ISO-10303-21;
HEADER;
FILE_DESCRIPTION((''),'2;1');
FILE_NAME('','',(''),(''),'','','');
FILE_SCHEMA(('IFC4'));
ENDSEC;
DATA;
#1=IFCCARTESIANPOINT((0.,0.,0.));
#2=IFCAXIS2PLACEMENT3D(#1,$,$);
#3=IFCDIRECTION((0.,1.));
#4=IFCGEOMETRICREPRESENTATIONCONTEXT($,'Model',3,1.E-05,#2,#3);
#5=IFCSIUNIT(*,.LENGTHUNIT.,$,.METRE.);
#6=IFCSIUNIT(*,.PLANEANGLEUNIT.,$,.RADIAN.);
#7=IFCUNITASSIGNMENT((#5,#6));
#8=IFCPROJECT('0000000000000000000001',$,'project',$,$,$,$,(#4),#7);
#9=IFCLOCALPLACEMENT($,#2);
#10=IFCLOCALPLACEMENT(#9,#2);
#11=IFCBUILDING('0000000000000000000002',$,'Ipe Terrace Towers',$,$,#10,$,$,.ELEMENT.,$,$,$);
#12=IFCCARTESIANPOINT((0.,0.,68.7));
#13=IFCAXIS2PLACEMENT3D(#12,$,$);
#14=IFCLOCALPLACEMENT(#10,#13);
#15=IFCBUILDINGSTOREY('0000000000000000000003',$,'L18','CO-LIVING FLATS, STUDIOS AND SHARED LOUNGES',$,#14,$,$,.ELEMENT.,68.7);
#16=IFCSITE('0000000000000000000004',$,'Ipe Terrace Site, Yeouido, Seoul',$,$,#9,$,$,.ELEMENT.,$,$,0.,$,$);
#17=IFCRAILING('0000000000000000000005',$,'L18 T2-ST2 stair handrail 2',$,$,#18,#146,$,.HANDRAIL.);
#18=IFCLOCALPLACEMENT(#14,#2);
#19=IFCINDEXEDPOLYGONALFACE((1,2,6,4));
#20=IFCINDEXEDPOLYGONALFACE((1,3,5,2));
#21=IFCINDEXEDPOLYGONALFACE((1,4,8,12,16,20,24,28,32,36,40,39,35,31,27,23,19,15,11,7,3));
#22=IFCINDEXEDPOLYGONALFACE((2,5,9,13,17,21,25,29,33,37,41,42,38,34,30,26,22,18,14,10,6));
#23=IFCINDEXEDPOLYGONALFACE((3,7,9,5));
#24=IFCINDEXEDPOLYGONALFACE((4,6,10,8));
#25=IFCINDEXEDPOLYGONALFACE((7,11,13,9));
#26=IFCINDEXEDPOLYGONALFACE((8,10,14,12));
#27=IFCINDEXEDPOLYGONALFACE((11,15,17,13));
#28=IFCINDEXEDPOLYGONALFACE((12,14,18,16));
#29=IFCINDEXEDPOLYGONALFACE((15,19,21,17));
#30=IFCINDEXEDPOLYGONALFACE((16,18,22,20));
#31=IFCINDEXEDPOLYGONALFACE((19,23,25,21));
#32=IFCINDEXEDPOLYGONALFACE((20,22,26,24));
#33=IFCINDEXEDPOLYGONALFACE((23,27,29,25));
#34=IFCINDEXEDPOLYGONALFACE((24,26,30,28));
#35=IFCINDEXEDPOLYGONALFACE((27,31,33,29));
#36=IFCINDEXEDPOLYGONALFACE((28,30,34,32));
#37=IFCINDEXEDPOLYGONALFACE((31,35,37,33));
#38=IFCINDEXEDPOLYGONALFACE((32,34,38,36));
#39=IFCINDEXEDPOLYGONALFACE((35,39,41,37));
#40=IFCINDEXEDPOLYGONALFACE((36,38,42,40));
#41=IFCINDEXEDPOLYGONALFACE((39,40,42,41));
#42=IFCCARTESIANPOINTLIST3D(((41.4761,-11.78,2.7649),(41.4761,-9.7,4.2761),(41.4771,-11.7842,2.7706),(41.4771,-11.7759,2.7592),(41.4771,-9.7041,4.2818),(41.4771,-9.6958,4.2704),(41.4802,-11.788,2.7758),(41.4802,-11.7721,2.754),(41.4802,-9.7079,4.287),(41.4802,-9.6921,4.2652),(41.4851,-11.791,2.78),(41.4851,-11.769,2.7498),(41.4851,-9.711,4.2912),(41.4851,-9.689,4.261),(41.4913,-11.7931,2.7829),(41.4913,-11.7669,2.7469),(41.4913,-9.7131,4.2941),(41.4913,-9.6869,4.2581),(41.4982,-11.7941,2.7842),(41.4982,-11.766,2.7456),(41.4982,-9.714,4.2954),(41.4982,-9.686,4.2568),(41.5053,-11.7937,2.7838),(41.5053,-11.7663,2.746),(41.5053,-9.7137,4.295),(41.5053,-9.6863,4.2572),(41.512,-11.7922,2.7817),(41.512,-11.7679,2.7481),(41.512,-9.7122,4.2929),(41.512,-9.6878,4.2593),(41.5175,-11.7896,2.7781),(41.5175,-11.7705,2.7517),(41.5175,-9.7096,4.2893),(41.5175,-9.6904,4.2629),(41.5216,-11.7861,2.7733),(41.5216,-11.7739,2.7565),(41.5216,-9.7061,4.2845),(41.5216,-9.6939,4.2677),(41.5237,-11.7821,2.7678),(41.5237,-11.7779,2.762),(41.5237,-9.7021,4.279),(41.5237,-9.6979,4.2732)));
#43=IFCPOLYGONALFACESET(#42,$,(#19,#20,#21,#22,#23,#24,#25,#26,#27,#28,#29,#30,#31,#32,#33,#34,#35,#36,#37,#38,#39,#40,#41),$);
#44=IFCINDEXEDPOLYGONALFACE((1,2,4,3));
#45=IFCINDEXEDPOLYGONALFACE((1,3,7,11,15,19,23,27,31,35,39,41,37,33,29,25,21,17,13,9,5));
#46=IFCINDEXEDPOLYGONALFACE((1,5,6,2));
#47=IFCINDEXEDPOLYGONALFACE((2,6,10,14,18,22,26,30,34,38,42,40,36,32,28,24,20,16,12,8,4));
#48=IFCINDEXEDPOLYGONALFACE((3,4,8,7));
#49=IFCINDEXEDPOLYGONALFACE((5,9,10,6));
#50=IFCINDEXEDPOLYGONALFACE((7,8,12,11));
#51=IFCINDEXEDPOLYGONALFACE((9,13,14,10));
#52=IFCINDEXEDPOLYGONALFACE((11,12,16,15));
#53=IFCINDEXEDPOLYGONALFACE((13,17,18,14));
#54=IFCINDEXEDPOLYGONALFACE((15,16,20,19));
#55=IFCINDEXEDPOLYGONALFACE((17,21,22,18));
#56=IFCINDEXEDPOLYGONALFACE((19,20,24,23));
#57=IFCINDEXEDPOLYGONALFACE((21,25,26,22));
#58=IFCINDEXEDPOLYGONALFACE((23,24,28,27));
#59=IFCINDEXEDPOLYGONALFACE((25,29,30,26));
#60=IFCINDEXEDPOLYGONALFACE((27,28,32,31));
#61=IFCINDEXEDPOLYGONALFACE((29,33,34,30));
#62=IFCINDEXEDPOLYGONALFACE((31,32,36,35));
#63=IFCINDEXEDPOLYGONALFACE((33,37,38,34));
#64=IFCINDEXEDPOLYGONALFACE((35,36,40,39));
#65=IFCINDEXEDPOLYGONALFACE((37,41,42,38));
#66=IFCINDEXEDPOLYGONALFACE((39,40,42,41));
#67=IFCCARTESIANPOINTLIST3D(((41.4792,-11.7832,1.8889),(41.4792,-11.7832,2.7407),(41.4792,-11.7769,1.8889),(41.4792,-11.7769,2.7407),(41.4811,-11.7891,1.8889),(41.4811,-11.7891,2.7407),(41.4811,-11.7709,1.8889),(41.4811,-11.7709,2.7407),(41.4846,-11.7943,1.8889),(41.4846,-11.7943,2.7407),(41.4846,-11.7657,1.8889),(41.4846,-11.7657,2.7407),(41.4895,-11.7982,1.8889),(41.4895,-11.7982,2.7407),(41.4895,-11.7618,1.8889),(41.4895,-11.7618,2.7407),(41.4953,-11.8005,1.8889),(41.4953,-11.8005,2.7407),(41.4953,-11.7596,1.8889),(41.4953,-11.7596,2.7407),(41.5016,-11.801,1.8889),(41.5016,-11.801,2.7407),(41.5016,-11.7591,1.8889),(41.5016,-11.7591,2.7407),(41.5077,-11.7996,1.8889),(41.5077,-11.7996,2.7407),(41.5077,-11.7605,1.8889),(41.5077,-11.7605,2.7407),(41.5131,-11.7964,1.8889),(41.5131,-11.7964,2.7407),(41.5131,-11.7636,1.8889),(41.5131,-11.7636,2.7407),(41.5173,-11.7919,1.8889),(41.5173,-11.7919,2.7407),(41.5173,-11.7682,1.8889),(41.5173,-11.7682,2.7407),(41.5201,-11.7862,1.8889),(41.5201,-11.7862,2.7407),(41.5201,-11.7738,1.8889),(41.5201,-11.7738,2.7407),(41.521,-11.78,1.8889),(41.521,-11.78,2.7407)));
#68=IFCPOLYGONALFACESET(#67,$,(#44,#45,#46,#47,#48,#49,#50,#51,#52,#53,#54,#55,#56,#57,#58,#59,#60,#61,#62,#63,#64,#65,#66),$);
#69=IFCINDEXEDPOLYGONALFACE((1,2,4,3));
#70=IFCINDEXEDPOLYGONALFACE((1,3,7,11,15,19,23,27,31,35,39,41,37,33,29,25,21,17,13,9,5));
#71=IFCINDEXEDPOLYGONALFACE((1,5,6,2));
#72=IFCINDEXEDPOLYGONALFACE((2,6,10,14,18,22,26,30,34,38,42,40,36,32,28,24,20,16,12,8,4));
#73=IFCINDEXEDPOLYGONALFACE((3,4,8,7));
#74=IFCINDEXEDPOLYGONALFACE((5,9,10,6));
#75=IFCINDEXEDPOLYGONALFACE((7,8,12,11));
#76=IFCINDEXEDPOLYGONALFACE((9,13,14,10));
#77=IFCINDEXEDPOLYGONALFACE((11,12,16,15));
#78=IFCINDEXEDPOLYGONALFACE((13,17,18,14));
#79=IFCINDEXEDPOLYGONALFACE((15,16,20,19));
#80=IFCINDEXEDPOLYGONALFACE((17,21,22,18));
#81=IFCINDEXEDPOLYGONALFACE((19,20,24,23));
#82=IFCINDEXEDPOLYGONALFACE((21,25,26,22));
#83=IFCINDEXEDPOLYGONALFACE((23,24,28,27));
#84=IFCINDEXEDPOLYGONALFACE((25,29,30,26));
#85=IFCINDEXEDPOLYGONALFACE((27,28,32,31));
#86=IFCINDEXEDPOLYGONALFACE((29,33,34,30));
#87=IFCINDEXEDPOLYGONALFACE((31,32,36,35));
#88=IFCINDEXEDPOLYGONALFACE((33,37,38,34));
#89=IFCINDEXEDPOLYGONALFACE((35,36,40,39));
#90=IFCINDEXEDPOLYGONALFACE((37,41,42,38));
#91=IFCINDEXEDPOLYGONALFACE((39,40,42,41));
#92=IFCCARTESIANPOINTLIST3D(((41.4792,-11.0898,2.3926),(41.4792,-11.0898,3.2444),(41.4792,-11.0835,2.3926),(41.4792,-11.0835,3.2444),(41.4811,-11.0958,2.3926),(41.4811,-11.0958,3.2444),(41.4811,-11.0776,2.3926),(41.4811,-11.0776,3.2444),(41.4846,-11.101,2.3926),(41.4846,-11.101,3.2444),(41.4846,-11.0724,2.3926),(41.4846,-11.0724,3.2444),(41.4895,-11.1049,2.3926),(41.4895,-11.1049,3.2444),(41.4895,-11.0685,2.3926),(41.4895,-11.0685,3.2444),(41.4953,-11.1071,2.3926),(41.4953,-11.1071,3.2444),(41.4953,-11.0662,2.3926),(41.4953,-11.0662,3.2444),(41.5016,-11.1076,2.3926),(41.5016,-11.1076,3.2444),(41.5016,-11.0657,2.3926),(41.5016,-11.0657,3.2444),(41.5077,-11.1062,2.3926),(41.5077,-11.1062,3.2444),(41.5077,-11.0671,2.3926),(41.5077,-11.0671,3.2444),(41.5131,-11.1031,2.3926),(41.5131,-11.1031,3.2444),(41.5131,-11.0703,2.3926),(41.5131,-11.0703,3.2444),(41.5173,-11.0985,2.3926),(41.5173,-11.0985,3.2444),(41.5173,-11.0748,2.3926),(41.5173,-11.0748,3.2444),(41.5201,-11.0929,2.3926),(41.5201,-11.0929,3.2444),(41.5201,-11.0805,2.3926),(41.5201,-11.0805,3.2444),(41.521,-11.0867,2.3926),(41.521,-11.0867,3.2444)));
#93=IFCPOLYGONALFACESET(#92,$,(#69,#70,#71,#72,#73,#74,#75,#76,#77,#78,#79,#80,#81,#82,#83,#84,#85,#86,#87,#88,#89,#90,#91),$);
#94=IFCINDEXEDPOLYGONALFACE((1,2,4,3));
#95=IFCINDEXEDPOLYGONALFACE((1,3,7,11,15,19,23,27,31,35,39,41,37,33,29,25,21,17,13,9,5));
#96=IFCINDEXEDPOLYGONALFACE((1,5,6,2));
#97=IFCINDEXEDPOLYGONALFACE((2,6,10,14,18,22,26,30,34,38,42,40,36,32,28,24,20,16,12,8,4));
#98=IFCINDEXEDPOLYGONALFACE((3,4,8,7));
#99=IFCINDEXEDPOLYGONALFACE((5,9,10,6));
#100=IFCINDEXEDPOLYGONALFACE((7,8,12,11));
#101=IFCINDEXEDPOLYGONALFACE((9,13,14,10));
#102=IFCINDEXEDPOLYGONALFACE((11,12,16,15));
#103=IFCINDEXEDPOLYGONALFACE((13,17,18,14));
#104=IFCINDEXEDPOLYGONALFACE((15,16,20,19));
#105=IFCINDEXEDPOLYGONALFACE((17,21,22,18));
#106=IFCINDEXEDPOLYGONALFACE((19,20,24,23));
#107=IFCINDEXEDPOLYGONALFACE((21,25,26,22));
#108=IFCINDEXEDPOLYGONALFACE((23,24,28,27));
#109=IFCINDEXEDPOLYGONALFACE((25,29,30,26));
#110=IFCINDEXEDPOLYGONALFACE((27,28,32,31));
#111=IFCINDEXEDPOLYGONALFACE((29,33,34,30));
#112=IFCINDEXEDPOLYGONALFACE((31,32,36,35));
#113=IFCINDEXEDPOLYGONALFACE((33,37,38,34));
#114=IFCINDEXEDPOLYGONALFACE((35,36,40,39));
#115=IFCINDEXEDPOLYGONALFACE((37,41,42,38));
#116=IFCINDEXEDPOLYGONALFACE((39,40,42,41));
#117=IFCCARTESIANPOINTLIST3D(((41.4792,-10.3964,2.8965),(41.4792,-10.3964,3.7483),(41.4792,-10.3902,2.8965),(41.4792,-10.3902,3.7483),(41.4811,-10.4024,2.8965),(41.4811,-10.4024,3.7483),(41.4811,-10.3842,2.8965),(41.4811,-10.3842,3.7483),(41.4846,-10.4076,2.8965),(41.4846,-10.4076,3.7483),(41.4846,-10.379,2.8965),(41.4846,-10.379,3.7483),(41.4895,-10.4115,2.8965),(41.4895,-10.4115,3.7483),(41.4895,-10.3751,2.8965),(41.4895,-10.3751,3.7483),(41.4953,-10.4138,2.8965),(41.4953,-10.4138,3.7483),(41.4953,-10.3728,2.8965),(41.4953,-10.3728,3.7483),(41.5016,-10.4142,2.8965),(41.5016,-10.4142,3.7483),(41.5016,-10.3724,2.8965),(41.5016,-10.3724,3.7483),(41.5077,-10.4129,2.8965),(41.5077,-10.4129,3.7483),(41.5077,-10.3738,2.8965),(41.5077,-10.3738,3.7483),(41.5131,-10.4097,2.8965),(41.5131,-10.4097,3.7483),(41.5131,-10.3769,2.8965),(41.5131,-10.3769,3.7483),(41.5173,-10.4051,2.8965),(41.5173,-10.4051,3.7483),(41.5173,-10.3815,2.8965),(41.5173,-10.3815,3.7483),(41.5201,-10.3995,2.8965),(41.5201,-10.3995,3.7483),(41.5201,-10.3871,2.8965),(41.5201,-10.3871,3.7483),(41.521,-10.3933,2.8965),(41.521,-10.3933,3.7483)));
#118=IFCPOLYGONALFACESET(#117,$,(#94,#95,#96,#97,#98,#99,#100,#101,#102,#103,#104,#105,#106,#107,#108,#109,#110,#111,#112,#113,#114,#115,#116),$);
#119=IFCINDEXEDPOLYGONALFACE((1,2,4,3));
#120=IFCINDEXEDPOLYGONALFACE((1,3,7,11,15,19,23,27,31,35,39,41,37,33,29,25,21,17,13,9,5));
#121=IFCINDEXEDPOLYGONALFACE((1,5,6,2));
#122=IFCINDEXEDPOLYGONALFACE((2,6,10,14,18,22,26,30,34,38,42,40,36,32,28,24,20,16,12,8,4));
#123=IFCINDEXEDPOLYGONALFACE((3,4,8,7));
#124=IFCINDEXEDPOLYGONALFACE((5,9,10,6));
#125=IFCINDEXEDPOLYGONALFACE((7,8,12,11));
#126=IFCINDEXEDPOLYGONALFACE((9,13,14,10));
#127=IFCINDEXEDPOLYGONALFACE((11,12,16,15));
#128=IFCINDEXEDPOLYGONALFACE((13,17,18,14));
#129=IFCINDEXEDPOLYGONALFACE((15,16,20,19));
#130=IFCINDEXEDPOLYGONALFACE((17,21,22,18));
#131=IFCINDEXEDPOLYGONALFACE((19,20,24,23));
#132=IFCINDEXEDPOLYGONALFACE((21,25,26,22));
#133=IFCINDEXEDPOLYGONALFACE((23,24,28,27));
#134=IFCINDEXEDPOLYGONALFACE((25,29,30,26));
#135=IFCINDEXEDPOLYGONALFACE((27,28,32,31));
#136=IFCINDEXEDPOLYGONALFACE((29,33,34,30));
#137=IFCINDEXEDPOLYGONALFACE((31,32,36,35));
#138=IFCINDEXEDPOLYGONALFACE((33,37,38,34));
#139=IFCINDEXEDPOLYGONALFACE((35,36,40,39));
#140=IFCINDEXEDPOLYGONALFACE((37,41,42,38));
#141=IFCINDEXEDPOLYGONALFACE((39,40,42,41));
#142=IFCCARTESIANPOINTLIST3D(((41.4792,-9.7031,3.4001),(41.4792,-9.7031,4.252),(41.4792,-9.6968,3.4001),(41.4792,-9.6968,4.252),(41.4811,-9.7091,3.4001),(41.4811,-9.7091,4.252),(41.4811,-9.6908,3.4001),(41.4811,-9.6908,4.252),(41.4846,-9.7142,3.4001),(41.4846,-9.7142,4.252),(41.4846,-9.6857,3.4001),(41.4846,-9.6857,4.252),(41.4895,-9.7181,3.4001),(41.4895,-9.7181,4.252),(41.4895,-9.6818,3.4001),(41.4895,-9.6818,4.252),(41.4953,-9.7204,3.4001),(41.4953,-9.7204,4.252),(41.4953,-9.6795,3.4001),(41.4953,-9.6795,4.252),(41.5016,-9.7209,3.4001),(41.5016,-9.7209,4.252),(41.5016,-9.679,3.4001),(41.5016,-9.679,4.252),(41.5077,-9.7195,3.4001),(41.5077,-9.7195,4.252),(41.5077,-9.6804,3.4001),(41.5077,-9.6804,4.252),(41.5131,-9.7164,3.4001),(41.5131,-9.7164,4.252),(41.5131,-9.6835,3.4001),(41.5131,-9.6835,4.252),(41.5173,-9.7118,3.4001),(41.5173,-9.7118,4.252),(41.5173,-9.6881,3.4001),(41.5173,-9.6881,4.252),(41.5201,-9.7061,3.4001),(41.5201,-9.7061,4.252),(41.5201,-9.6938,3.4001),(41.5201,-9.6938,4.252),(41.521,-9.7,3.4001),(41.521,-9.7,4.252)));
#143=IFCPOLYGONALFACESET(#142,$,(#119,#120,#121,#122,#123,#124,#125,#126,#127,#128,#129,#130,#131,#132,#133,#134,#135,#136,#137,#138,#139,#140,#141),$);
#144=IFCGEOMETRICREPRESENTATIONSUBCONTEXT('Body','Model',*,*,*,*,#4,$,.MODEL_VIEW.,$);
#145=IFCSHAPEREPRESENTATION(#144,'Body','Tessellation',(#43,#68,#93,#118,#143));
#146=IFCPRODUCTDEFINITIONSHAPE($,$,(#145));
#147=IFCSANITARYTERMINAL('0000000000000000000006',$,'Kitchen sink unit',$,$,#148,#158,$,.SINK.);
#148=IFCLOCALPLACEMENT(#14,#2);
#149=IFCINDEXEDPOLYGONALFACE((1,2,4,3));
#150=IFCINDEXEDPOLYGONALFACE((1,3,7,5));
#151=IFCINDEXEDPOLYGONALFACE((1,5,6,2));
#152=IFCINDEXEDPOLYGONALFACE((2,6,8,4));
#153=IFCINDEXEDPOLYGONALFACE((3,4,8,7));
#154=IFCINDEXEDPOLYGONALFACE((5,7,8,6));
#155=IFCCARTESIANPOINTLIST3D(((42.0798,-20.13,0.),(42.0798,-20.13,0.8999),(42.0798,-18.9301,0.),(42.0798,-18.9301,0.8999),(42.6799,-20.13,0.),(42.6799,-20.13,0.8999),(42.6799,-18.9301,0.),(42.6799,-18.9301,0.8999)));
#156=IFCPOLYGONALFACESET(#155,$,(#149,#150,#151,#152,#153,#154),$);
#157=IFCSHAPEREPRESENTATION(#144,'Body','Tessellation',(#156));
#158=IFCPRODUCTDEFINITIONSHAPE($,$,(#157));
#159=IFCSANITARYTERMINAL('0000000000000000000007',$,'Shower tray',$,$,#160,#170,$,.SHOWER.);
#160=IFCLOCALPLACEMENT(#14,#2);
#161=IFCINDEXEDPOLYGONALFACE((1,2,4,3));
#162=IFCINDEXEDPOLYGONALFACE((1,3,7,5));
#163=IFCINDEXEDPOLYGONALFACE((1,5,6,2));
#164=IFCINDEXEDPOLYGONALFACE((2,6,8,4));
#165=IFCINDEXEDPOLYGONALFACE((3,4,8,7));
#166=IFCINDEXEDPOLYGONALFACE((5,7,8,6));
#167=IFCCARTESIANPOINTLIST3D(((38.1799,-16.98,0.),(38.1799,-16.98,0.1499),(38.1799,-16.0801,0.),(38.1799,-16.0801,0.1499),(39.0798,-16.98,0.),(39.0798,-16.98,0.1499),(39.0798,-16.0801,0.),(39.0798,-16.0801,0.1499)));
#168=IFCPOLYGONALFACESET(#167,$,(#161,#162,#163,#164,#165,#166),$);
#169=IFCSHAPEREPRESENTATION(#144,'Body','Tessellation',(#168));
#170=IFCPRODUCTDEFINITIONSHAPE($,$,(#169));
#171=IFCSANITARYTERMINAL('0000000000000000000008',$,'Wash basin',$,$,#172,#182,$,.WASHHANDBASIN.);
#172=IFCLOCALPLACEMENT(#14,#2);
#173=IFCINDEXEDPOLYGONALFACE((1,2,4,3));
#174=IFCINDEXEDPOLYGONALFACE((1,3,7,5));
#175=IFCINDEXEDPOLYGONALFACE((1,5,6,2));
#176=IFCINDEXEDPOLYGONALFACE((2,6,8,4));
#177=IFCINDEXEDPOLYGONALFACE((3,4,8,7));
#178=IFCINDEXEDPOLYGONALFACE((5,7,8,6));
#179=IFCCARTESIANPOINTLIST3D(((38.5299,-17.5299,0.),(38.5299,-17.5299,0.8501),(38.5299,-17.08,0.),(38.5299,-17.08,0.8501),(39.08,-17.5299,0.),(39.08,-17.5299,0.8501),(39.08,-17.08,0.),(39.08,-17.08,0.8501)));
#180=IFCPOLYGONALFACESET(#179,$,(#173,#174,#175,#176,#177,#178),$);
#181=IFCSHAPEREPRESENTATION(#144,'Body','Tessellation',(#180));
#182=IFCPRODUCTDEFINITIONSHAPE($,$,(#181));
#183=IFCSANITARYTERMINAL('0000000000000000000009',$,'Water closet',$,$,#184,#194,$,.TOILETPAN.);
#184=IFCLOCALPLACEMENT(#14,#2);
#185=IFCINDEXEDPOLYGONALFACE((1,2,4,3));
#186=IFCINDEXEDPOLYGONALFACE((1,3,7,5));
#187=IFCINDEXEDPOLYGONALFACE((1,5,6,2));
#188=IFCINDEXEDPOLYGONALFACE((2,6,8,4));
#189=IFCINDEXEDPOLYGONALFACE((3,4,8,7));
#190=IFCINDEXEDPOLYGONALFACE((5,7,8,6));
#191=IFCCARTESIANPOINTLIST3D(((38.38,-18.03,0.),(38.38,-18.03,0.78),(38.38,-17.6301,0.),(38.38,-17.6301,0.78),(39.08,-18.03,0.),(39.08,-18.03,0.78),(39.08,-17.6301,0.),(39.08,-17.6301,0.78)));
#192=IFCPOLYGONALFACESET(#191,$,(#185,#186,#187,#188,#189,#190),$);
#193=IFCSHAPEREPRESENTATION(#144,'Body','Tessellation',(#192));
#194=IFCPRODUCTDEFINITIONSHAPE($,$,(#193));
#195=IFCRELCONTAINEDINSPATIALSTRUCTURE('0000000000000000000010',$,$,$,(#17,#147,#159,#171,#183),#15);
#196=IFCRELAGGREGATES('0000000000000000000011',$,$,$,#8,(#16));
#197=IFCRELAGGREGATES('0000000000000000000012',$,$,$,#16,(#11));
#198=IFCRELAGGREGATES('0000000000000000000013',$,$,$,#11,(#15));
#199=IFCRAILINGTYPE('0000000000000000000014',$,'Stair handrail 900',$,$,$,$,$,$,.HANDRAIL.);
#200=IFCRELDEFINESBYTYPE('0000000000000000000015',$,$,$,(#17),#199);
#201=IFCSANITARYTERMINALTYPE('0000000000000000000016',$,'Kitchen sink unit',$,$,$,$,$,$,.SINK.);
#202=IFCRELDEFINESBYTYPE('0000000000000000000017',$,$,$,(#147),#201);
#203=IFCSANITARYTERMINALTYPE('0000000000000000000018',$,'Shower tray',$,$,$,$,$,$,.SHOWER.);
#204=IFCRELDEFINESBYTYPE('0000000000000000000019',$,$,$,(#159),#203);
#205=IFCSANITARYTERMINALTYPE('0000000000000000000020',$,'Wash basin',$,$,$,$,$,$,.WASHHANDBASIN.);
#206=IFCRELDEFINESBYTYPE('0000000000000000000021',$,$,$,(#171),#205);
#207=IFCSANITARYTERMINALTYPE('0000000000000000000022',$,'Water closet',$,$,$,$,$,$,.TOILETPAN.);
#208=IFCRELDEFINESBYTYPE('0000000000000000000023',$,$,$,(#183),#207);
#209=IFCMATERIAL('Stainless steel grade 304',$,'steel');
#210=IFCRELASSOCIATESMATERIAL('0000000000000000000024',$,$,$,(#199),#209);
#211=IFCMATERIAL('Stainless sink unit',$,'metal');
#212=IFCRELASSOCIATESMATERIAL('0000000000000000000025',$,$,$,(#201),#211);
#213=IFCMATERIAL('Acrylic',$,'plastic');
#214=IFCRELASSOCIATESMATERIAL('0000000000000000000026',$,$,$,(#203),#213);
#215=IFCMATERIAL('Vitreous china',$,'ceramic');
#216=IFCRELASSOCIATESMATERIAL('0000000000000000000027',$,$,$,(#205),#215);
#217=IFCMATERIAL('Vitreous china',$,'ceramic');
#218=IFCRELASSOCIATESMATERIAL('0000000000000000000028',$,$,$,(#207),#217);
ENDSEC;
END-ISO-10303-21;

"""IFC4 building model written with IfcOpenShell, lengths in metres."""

from ifc_helpers import new_model, si_unit, direction, frame, origin, origin_2d, place, context, subcontext, project, spatial, rectangle, circle, extrude, material, type_object, element, save


model = new_model("IFC4")

# Units and contexts
model_context = context("Model", 3, precision=1e-05, world=origin(), true_north=direction((0.0, 1.0)))
body_context = subcontext(model_context, "Body", "Model", "MODEL_VIEW")
ifc_project = project(units=[si_unit("LENGTHUNIT", "METRE"), si_unit("PLANEANGLEUNIT", "RADIAN")], contexts=[model_context])

# Site, building, storey
site_placement = place(None, origin())
site = spatial("IfcSite", under=ifc_project, at=site_placement, Name="Ipe Terrace Site, Yeouido, Seoul", CompositionType="ELEMENT", RefElevation=0.0)
building_placement = place(site_placement, origin())
building = spatial("IfcBuilding", under=site, at=building_placement, Name="Ipe Terrace Towers", CompositionType="ELEMENT")
storey_placement = place(building_placement, frame((0.0, 0.0, 68.7)))
storey = spatial("IfcBuildingStorey", under=building, at=storey_placement, Name="L18", Description="CO-LIVING FLATS, STUDIOS AND SHARED LOUNGES", CompositionType="ELEMENT", Elevation=68.7)

# Railing
ifc_material_1 = material(Name="Stainless steel grade 304", Category="steel")
railing_type = type_object("IfcRailingType", Name="Stair handrail 900", PredefinedType="HANDRAIL", material=ifc_material_1)
railing_placement = place(storey_placement, frame((41.5, -11.78, 1.8889)))
element("IfcRailing", 1, at=railing_placement, inside=storey, type_object=railing_type, Name="L18 T2-ST2 stair handrail 2", PredefinedType="HANDRAIL", context=body_context, shape_type="SweptSolid", body=[
    extrude(circle(Radius=0.0239, at=origin_2d()), frame((0.0, 0.0, 0.876), z_axis=(0.0, 0.809023, 0.587776), x_axis=(-1.0, 0.0, 0.0)), (0.0, 0.0, 1.0), 2.571),
    extrude(circle(Radius=0.021, at=origin_2d()), origin(), (0.0, 0.0, 1.0), 0.8518),
    extrude(circle(Radius=0.021, at=origin_2d()), frame((0.0, 0.6934, 0.5037)), (0.0, 0.0, 1.0), 0.8518),
    extrude(circle(Radius=0.021, at=origin_2d()), frame((0.0, 1.3867, 1.0076)), (0.0, 0.0, 1.0), 0.8518),
    extrude(circle(Radius=0.021, at=origin_2d()), frame((0.0, 2.0801, 1.5112)), (0.0, 0.0, 1.0), 0.8518),
])

# Sanitary terminals
ifc_material_2 = material(Name="Stainless sink unit", Category="metal")
sanitary_terminal_type_1 = type_object("IfcSanitaryTerminalType", Name="Kitchen sink unit", PredefinedType="SINK", material=ifc_material_2)
sanitary_terminal_1_placement = place(storey_placement, frame((42.3799, -19.53, 0.0), z_axis=(0.0, 0.0, 1.0), x_axis=(0.0, -1.0, 0.0)))
element("IfcSanitaryTerminal", 2, at=sanitary_terminal_1_placement, inside=storey, type_object=sanitary_terminal_type_1, Name="Kitchen sink unit", PredefinedType="SINK", context=body_context, shape_type="SweptSolid", body=[
    extrude(rectangle(XDim=1.2, YDim=0.6001, at=origin_2d()), origin(), (0.0, 0.0, 1.0), 0.8999),
])
ifc_material_3 = material(Name="Acrylic", Category="plastic")
sanitary_terminal_type_2 = type_object("IfcSanitaryTerminalType", Name="Shower tray", PredefinedType="SHOWER", material=ifc_material_3)
sanitary_terminal_2_placement = place(storey_placement, frame((38.6299, -16.53, 0.0), z_axis=(0.0, 0.0, 1.0), x_axis=(-1.0, 0.0, 0.0)))
element("IfcSanitaryTerminal", 3, at=sanitary_terminal_2_placement, inside=storey, type_object=sanitary_terminal_type_2, Name="Shower tray", PredefinedType="SHOWER", context=body_context, shape_type="SweptSolid", body=[
    extrude(rectangle(XDim=0.8999, YDim=0.8999, at=origin_2d()), origin(), (0.0, 0.0, 1.0), 0.1499),
])
ifc_material_4 = material(Name="Vitreous china", Category="ceramic")
sanitary_terminal_type_3 = type_object("IfcSanitaryTerminalType", Name="Wash basin", PredefinedType="WASHHANDBASIN", material=ifc_material_4)
sanitary_terminal_3_placement = place(storey_placement, frame((38.8049, -17.3049, 0.0), z_axis=(0.0, 0.0, 1.0), x_axis=(-1.0, 0.0, 0.0)))
element("IfcSanitaryTerminal", 4, at=sanitary_terminal_3_placement, inside=storey, type_object=sanitary_terminal_type_3, Name="Wash basin", PredefinedType="WASHHANDBASIN", context=body_context, shape_type="SweptSolid", body=[
    extrude(rectangle(XDim=0.55, YDim=0.45, at=origin_2d()), origin(), (0.0, 0.0, 1.0), 0.8501),
])
ifc_material_5 = material(Name="Vitreous china", Category="ceramic")
sanitary_terminal_type_4 = type_object("IfcSanitaryTerminalType", Name="Water closet", PredefinedType="TOILETPAN", material=ifc_material_5)
sanitary_terminal_4_placement = place(storey_placement, frame((38.73, -17.8301, 0.0), z_axis=(0.0, 0.0, 1.0), x_axis=(-1.0, 0.0, 0.0)))
element("IfcSanitaryTerminal", 5, at=sanitary_terminal_4_placement, inside=storey, type_object=sanitary_terminal_type_4, Name="Water closet", PredefinedType="TOILETPAN", context=body_context, shape_type="SweptSolid", body=[
    extrude(rectangle(XDim=0.7, YDim=0.3999, at=origin_2d()), origin(), (0.0, 0.0, 1.0), 0.78),
])

save(model, "model.ifc")
